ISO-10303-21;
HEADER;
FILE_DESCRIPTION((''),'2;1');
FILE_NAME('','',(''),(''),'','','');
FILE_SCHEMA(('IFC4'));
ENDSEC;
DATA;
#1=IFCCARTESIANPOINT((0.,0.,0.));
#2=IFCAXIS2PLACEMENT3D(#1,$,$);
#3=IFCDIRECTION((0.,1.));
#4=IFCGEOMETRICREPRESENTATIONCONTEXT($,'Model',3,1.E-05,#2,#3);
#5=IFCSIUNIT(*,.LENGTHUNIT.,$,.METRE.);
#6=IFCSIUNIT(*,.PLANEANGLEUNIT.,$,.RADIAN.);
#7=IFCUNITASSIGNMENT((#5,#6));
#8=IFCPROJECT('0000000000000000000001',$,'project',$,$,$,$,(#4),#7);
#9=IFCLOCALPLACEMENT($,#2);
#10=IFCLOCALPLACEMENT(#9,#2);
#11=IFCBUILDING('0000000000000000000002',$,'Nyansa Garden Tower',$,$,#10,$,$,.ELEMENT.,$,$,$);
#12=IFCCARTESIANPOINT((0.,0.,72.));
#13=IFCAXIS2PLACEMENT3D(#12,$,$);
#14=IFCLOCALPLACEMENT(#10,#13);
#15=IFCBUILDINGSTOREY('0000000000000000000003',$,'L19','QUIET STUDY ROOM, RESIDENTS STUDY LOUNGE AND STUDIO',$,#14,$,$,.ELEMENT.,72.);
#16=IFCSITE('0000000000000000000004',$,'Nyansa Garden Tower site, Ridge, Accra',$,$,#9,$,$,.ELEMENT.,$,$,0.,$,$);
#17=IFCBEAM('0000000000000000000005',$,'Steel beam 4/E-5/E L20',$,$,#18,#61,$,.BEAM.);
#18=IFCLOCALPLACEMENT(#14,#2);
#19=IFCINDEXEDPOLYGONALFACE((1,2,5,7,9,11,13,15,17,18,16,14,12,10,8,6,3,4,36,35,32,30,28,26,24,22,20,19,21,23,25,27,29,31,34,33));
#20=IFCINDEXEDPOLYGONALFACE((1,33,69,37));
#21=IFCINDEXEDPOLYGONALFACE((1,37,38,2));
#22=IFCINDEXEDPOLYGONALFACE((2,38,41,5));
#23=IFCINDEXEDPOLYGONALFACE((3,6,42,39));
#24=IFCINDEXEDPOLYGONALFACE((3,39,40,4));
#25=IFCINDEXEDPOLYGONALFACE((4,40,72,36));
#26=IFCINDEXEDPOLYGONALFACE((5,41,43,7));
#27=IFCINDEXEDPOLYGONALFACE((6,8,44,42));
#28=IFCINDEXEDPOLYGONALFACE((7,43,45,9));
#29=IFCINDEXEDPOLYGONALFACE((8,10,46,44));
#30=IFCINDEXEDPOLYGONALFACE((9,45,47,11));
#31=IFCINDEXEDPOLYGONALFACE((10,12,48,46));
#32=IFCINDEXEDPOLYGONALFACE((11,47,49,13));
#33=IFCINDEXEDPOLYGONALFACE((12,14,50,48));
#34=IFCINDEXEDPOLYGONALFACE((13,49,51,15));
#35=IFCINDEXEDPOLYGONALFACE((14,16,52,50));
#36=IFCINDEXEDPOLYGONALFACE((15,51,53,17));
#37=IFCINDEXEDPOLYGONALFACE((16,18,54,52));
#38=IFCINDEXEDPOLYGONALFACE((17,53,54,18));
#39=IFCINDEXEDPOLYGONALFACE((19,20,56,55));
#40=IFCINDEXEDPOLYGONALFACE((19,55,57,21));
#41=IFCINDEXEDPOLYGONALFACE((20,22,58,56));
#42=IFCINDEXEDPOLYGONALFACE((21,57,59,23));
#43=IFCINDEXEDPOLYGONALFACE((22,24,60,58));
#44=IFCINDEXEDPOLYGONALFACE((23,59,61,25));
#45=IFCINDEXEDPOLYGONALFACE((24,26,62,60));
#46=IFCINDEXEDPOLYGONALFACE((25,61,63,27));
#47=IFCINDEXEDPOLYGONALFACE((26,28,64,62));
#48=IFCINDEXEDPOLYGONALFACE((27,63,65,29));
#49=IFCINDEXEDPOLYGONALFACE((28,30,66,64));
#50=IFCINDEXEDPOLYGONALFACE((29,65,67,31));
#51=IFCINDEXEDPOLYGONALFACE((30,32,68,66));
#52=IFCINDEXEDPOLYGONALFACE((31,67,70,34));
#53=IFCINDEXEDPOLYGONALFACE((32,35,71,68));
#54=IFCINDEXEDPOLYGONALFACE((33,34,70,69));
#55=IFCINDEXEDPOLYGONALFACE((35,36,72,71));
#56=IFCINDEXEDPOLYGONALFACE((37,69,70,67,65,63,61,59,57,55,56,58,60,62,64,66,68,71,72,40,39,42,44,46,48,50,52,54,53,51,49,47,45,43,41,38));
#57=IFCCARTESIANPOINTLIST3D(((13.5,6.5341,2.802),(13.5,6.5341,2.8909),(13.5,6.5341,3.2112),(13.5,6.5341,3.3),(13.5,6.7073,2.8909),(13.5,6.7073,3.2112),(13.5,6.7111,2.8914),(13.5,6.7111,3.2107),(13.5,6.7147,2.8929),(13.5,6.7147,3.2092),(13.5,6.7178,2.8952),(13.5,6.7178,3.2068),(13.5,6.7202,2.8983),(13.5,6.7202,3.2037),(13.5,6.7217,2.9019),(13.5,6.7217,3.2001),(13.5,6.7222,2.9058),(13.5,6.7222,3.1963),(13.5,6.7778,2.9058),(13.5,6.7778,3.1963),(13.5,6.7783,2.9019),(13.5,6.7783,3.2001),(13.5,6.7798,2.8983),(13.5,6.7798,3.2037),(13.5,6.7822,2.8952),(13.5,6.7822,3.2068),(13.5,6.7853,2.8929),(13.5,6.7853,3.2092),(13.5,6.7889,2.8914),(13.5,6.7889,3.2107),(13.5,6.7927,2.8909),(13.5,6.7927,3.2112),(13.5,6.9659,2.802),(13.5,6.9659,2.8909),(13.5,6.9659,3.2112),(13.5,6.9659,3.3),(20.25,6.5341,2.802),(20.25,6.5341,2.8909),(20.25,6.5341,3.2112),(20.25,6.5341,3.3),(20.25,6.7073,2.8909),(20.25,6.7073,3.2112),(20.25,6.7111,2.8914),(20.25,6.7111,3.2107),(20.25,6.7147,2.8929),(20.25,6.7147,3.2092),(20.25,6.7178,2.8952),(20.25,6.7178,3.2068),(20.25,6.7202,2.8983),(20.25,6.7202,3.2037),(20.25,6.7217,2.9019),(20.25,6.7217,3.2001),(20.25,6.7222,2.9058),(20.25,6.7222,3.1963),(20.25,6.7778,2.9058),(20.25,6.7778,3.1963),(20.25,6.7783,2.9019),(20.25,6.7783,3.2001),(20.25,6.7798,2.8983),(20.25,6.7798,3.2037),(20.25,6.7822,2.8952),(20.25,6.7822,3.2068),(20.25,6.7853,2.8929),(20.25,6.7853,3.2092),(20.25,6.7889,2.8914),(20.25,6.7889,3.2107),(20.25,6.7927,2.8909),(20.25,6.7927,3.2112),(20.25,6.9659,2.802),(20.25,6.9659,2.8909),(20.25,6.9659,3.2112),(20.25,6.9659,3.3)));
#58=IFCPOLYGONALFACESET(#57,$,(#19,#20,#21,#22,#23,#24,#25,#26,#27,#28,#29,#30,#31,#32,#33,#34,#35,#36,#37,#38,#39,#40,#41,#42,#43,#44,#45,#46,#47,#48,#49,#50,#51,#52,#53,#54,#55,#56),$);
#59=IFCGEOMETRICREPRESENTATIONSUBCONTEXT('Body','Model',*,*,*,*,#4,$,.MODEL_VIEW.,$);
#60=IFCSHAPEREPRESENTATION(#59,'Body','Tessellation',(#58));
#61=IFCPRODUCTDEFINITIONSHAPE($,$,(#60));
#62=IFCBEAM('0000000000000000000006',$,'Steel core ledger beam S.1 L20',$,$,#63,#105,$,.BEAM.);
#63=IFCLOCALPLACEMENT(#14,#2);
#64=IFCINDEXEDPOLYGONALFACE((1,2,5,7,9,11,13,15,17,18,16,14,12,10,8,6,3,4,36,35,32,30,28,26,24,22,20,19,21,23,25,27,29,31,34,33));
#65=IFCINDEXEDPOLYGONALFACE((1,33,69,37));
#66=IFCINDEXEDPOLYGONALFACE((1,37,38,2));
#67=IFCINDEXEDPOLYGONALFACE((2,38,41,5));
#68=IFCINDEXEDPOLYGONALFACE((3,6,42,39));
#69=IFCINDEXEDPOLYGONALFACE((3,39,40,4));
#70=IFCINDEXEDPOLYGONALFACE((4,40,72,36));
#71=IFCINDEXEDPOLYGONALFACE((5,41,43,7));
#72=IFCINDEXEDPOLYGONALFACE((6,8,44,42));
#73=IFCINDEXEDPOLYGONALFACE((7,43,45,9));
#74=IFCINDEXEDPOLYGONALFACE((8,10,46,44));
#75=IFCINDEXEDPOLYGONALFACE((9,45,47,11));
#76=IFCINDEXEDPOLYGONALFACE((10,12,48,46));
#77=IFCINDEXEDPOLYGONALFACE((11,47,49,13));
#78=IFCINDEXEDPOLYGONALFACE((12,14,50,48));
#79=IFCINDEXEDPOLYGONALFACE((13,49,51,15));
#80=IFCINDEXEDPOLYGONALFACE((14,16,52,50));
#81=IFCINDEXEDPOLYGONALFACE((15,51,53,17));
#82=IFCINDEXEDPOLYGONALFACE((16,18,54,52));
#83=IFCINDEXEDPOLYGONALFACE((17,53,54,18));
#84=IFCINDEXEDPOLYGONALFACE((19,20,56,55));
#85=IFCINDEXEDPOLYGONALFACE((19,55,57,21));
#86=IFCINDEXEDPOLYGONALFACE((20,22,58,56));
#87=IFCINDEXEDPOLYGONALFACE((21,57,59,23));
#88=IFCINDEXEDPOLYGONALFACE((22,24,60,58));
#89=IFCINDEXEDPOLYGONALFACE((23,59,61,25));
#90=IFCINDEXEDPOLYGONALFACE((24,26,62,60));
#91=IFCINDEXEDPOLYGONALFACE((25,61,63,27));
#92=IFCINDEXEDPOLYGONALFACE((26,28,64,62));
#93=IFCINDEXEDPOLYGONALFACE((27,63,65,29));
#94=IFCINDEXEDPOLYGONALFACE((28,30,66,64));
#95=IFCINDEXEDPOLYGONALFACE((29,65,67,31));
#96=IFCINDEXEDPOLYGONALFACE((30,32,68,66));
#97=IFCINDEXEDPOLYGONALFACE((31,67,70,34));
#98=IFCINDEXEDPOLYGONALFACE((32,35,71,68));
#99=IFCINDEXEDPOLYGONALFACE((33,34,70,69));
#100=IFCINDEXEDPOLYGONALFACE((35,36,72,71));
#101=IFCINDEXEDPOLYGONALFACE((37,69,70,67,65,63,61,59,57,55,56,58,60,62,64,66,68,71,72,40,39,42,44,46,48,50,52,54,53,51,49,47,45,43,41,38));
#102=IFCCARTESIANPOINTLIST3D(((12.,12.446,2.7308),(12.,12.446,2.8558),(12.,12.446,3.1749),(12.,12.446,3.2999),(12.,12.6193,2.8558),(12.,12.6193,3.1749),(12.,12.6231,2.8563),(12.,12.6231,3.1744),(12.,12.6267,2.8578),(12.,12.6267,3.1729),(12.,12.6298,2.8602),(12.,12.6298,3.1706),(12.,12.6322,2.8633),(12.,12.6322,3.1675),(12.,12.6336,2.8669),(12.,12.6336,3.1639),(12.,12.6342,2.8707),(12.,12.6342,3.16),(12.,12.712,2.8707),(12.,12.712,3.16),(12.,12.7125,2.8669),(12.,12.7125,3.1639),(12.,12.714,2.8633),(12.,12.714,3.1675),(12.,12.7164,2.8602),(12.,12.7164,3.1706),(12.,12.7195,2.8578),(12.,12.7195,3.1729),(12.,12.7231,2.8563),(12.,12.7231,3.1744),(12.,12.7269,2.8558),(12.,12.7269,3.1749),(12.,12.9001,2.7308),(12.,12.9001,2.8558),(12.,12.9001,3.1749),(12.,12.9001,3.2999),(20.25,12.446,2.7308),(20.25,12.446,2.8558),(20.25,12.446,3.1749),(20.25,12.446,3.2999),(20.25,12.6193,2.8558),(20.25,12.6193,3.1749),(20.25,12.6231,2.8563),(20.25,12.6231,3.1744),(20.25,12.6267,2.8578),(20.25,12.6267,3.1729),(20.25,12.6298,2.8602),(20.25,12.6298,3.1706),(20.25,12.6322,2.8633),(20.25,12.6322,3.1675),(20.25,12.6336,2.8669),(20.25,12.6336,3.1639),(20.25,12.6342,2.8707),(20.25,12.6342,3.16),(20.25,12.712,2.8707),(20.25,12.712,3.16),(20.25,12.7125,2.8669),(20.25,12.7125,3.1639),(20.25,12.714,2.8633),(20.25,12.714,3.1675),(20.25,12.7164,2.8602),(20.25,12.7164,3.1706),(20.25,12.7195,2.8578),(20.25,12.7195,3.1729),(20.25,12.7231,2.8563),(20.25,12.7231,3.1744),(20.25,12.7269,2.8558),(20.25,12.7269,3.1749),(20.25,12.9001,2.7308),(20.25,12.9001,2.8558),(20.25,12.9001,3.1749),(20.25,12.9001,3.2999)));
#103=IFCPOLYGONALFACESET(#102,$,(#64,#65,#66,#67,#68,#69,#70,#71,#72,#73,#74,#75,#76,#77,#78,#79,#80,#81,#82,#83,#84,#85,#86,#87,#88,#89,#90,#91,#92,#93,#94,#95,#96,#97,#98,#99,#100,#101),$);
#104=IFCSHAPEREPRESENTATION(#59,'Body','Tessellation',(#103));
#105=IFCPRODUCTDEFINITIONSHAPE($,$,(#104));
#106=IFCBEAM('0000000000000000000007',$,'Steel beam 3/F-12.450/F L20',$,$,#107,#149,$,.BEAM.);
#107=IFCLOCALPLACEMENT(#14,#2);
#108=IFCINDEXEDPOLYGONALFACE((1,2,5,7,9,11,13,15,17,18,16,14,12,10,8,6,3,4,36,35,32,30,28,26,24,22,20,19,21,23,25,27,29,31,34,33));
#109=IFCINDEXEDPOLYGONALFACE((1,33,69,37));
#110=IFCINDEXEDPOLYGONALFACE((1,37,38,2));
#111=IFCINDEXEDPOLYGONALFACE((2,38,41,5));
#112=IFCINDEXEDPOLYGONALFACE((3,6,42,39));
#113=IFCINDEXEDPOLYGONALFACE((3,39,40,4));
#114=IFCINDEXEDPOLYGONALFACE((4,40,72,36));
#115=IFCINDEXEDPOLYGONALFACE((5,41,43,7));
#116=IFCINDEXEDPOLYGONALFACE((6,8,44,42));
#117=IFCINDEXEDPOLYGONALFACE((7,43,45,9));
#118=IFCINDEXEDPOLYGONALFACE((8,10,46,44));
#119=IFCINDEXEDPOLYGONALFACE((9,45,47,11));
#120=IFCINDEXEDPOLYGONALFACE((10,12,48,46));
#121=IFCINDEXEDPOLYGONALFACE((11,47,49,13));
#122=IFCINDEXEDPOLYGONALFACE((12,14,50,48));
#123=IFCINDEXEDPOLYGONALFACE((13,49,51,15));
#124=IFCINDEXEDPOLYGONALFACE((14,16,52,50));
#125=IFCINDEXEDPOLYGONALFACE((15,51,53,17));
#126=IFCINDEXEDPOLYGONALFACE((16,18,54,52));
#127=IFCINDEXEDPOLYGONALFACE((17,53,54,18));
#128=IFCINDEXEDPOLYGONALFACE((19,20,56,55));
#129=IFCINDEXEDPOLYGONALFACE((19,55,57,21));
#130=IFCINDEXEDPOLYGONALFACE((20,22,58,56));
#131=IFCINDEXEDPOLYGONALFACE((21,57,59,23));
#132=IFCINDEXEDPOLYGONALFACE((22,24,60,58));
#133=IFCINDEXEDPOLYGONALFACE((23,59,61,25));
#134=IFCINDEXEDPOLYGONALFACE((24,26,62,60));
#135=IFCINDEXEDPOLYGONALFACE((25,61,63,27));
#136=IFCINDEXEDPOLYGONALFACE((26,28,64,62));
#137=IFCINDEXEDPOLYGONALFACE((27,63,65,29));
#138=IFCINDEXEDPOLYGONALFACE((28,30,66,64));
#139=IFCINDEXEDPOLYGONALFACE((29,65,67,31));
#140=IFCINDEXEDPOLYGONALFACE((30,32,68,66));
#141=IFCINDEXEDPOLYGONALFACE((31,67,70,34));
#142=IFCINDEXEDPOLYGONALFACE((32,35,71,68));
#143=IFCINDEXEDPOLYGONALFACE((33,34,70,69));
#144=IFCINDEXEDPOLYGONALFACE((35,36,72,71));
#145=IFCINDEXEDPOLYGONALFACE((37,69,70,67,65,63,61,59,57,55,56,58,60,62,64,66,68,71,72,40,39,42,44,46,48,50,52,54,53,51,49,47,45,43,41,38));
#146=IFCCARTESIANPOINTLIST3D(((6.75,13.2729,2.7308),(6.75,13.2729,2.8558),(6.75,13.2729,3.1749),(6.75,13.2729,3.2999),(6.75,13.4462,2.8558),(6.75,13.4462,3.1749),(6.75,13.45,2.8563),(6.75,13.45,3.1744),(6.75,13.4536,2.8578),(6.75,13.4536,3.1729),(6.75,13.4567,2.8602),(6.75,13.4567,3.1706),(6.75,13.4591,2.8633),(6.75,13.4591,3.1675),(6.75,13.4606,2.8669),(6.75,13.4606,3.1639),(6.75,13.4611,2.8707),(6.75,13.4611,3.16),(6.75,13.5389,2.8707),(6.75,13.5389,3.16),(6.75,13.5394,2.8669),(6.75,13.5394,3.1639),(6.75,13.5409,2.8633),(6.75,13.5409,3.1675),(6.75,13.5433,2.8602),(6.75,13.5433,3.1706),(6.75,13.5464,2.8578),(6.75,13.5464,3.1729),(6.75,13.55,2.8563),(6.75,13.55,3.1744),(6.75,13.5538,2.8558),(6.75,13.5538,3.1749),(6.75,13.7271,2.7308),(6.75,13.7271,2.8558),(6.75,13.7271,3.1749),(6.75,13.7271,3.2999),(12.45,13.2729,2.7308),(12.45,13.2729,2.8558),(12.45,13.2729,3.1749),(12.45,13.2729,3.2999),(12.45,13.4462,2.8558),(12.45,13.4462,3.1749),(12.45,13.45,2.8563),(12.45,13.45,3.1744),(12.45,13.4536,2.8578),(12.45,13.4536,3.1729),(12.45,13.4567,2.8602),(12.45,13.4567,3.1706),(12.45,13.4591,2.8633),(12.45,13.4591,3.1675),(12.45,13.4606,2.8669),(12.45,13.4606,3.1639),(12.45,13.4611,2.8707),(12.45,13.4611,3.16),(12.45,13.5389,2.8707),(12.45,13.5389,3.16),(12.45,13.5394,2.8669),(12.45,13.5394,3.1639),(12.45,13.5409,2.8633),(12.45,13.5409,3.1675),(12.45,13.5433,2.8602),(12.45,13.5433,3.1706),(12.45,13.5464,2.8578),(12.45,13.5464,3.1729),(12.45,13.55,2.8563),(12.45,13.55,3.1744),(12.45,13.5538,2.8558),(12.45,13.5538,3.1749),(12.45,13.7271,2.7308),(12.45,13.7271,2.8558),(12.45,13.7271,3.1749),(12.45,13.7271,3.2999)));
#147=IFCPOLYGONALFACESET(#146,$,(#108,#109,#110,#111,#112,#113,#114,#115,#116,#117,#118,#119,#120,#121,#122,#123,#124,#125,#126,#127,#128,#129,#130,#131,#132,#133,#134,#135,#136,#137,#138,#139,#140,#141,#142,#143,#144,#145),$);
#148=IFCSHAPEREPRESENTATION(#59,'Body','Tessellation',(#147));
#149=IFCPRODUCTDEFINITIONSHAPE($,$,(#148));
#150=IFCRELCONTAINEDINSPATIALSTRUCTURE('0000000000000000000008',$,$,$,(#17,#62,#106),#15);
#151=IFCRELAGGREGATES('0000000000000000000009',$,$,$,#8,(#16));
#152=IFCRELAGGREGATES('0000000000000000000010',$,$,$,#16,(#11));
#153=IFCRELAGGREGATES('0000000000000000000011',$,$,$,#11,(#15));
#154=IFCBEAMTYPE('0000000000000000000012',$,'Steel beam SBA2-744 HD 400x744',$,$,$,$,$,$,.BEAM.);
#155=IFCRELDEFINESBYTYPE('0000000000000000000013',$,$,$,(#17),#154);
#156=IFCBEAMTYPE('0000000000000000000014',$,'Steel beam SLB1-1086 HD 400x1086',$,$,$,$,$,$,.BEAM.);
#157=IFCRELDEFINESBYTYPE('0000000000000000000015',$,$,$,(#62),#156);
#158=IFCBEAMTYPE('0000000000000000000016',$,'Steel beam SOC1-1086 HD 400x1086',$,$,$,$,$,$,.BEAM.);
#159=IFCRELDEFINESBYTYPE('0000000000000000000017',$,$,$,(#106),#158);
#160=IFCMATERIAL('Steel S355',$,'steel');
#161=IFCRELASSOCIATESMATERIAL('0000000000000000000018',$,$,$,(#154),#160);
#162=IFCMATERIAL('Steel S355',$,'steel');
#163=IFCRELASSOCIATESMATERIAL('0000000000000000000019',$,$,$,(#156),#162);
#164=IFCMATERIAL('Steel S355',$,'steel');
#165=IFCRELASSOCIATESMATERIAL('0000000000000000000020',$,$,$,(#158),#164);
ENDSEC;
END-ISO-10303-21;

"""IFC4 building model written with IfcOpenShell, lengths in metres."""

from ifc_helpers import new_model, si_unit, direction, frame, origin, origin_2d, place, context, subcontext, project, spatial, i_section, extrude, material, material_profile, profile_set, type_object, element, save


model = new_model("IFC4")

# Units and contexts
model_context = context("Model", 3, precision=1e-05, world=origin(), true_north=direction((0.0, 1.0)))
body_context = subcontext(model_context, "Body", "Model", "MODEL_VIEW")
ifc_project = project(units=[si_unit("LENGTHUNIT", "METRE"), si_unit("PLANEANGLEUNIT", "RADIAN")], contexts=[model_context])

# Site, building, storey
site_placement = place(None, origin())
site = spatial("IfcSite", under=ifc_project, at=site_placement, Name="Nyansa Garden Tower site, Ridge, Accra", CompositionType="ELEMENT", RefElevation=0.0)
building_placement = place(site_placement, origin())
building = spatial("IfcBuilding", under=site, at=building_placement, Name="Nyansa Garden Tower", CompositionType="ELEMENT")
storey_placement = place(building_placement, frame((0.0, 0.0, 72.0)))
storey = spatial("IfcBuildingStorey", under=building, at=storey_placement, Name="L19", Description="QUIET STUDY ROOM, RESIDENTS STUDY LOUNGE AND STUDIO", CompositionType="ELEMENT", Elevation=72.0)

# Beams
ifc_material_1 = material(Name="Steel S355", Category="steel")
ifc_material_profile_1 = material_profile(ifc_material_1, i_section(OverallWidth=0.4319, OverallDepth=0.498, WebThickness=0.0557, FlangeThickness=0.0889, FilletRadius=0.0149, at=origin_2d()), Name="HD 400x744")
ifc_profile_set_1 = profile_set([ifc_material_profile_1], Name="Steel S355")
beam_type_1 = type_object("IfcBeamType", Name="Steel beam SBA2-744 HD 400x744", PredefinedType="BEAM", material=ifc_profile_set_1)
for number, where, z_axis, x_axis, name in (
    (1, (13.5, 6.75, 3.051), (1.0, 0.0, 0.0), (0.0, 1.0, 0.0), "Steel beam 4/E-5/E L20"),
):
    element("IfcBeam", number, at=place(storey_placement, frame(where, z_axis=z_axis, x_axis=x_axis)), inside=storey, type_object=beam_type_1, Name=name, PredefinedType="BEAM", context=body_context, shape_type="SweptSolid", body=[
        extrude(i_section(OverallWidth=0.4319, OverallDepth=0.498, WebThickness=0.0557, FlangeThickness=0.0889, FilletRadius=0.0149, at=origin_2d()), origin(), (0.0, 0.0, 1.0), 6.75),
    ])
ifc_material_2 = material(Name="Steel S355", Category="steel")
ifc_material_profile_2 = material_profile(ifc_material_2, i_section(OverallWidth=0.4541, OverallDepth=0.5691, WebThickness=0.0779, FlangeThickness=0.125, FilletRadius=0.0149, at=origin_2d()), Name="HD 400x1086")
ifc_profile_set_2 = profile_set([ifc_material_profile_2], Name="Steel S355")
beam_type_2 = type_object("IfcBeamType", Name="Steel beam SLB1-1086 HD 400x1086", PredefinedType="BEAM", material=ifc_profile_set_2)
beam_1_placement = place(storey_placement, frame((12.0, 12.6731, 3.0154), z_axis=(1.0, 0.0, 0.0), x_axis=(0.0, 1.0, 0.0)))
element("IfcBeam", 2, at=beam_1_placement, inside=storey, type_object=beam_type_2, Name="Steel core ledger beam S.1 L20", PredefinedType="BEAM", context=body_context, shape_type="SweptSolid", body=[
    extrude(i_section(OverallWidth=0.4541, OverallDepth=0.5691, WebThickness=0.0779, FlangeThickness=0.125, FilletRadius=0.0149, at=origin_2d()), origin(), (0.0, 0.0, 1.0), 8.25),
])
ifc_material_3 = material(Name="Steel S355", Category="steel")
ifc_material_profile_3 = material_profile(ifc_material_3, i_section(OverallWidth=0.4541, OverallDepth=0.5691, WebThickness=0.0779, FlangeThickness=0.125, FilletRadius=0.0149, at=origin_2d()), Name="HD 400x1086")
ifc_profile_set_3 = profile_set([ifc_material_profile_3], Name="Steel S355")
beam_type_3 = type_object("IfcBeamType", Name="Steel beam SOC1-1086 HD 400x1086", PredefinedType="BEAM", material=ifc_profile_set_3)
beam_2_placement = place(storey_placement, frame((6.75, 13.5, 3.0154), z_axis=(1.0, 0.0, 0.0), x_axis=(0.0, 1.0, 0.0)))
element("IfcBeam", 3, at=beam_2_placement, inside=storey, type_object=beam_type_3, Name="Steel beam 3/F-12.450/F L20", PredefinedType="BEAM", context=body_context, shape_type="SweptSolid", body=[
    extrude(i_section(OverallWidth=0.4541, OverallDepth=0.5691, WebThickness=0.0779, FlangeThickness=0.125, FilletRadius=0.0149, at=origin_2d()), origin(), (0.0, 0.0, 1.0), 5.7),
])

save(model, "model.ifc")
